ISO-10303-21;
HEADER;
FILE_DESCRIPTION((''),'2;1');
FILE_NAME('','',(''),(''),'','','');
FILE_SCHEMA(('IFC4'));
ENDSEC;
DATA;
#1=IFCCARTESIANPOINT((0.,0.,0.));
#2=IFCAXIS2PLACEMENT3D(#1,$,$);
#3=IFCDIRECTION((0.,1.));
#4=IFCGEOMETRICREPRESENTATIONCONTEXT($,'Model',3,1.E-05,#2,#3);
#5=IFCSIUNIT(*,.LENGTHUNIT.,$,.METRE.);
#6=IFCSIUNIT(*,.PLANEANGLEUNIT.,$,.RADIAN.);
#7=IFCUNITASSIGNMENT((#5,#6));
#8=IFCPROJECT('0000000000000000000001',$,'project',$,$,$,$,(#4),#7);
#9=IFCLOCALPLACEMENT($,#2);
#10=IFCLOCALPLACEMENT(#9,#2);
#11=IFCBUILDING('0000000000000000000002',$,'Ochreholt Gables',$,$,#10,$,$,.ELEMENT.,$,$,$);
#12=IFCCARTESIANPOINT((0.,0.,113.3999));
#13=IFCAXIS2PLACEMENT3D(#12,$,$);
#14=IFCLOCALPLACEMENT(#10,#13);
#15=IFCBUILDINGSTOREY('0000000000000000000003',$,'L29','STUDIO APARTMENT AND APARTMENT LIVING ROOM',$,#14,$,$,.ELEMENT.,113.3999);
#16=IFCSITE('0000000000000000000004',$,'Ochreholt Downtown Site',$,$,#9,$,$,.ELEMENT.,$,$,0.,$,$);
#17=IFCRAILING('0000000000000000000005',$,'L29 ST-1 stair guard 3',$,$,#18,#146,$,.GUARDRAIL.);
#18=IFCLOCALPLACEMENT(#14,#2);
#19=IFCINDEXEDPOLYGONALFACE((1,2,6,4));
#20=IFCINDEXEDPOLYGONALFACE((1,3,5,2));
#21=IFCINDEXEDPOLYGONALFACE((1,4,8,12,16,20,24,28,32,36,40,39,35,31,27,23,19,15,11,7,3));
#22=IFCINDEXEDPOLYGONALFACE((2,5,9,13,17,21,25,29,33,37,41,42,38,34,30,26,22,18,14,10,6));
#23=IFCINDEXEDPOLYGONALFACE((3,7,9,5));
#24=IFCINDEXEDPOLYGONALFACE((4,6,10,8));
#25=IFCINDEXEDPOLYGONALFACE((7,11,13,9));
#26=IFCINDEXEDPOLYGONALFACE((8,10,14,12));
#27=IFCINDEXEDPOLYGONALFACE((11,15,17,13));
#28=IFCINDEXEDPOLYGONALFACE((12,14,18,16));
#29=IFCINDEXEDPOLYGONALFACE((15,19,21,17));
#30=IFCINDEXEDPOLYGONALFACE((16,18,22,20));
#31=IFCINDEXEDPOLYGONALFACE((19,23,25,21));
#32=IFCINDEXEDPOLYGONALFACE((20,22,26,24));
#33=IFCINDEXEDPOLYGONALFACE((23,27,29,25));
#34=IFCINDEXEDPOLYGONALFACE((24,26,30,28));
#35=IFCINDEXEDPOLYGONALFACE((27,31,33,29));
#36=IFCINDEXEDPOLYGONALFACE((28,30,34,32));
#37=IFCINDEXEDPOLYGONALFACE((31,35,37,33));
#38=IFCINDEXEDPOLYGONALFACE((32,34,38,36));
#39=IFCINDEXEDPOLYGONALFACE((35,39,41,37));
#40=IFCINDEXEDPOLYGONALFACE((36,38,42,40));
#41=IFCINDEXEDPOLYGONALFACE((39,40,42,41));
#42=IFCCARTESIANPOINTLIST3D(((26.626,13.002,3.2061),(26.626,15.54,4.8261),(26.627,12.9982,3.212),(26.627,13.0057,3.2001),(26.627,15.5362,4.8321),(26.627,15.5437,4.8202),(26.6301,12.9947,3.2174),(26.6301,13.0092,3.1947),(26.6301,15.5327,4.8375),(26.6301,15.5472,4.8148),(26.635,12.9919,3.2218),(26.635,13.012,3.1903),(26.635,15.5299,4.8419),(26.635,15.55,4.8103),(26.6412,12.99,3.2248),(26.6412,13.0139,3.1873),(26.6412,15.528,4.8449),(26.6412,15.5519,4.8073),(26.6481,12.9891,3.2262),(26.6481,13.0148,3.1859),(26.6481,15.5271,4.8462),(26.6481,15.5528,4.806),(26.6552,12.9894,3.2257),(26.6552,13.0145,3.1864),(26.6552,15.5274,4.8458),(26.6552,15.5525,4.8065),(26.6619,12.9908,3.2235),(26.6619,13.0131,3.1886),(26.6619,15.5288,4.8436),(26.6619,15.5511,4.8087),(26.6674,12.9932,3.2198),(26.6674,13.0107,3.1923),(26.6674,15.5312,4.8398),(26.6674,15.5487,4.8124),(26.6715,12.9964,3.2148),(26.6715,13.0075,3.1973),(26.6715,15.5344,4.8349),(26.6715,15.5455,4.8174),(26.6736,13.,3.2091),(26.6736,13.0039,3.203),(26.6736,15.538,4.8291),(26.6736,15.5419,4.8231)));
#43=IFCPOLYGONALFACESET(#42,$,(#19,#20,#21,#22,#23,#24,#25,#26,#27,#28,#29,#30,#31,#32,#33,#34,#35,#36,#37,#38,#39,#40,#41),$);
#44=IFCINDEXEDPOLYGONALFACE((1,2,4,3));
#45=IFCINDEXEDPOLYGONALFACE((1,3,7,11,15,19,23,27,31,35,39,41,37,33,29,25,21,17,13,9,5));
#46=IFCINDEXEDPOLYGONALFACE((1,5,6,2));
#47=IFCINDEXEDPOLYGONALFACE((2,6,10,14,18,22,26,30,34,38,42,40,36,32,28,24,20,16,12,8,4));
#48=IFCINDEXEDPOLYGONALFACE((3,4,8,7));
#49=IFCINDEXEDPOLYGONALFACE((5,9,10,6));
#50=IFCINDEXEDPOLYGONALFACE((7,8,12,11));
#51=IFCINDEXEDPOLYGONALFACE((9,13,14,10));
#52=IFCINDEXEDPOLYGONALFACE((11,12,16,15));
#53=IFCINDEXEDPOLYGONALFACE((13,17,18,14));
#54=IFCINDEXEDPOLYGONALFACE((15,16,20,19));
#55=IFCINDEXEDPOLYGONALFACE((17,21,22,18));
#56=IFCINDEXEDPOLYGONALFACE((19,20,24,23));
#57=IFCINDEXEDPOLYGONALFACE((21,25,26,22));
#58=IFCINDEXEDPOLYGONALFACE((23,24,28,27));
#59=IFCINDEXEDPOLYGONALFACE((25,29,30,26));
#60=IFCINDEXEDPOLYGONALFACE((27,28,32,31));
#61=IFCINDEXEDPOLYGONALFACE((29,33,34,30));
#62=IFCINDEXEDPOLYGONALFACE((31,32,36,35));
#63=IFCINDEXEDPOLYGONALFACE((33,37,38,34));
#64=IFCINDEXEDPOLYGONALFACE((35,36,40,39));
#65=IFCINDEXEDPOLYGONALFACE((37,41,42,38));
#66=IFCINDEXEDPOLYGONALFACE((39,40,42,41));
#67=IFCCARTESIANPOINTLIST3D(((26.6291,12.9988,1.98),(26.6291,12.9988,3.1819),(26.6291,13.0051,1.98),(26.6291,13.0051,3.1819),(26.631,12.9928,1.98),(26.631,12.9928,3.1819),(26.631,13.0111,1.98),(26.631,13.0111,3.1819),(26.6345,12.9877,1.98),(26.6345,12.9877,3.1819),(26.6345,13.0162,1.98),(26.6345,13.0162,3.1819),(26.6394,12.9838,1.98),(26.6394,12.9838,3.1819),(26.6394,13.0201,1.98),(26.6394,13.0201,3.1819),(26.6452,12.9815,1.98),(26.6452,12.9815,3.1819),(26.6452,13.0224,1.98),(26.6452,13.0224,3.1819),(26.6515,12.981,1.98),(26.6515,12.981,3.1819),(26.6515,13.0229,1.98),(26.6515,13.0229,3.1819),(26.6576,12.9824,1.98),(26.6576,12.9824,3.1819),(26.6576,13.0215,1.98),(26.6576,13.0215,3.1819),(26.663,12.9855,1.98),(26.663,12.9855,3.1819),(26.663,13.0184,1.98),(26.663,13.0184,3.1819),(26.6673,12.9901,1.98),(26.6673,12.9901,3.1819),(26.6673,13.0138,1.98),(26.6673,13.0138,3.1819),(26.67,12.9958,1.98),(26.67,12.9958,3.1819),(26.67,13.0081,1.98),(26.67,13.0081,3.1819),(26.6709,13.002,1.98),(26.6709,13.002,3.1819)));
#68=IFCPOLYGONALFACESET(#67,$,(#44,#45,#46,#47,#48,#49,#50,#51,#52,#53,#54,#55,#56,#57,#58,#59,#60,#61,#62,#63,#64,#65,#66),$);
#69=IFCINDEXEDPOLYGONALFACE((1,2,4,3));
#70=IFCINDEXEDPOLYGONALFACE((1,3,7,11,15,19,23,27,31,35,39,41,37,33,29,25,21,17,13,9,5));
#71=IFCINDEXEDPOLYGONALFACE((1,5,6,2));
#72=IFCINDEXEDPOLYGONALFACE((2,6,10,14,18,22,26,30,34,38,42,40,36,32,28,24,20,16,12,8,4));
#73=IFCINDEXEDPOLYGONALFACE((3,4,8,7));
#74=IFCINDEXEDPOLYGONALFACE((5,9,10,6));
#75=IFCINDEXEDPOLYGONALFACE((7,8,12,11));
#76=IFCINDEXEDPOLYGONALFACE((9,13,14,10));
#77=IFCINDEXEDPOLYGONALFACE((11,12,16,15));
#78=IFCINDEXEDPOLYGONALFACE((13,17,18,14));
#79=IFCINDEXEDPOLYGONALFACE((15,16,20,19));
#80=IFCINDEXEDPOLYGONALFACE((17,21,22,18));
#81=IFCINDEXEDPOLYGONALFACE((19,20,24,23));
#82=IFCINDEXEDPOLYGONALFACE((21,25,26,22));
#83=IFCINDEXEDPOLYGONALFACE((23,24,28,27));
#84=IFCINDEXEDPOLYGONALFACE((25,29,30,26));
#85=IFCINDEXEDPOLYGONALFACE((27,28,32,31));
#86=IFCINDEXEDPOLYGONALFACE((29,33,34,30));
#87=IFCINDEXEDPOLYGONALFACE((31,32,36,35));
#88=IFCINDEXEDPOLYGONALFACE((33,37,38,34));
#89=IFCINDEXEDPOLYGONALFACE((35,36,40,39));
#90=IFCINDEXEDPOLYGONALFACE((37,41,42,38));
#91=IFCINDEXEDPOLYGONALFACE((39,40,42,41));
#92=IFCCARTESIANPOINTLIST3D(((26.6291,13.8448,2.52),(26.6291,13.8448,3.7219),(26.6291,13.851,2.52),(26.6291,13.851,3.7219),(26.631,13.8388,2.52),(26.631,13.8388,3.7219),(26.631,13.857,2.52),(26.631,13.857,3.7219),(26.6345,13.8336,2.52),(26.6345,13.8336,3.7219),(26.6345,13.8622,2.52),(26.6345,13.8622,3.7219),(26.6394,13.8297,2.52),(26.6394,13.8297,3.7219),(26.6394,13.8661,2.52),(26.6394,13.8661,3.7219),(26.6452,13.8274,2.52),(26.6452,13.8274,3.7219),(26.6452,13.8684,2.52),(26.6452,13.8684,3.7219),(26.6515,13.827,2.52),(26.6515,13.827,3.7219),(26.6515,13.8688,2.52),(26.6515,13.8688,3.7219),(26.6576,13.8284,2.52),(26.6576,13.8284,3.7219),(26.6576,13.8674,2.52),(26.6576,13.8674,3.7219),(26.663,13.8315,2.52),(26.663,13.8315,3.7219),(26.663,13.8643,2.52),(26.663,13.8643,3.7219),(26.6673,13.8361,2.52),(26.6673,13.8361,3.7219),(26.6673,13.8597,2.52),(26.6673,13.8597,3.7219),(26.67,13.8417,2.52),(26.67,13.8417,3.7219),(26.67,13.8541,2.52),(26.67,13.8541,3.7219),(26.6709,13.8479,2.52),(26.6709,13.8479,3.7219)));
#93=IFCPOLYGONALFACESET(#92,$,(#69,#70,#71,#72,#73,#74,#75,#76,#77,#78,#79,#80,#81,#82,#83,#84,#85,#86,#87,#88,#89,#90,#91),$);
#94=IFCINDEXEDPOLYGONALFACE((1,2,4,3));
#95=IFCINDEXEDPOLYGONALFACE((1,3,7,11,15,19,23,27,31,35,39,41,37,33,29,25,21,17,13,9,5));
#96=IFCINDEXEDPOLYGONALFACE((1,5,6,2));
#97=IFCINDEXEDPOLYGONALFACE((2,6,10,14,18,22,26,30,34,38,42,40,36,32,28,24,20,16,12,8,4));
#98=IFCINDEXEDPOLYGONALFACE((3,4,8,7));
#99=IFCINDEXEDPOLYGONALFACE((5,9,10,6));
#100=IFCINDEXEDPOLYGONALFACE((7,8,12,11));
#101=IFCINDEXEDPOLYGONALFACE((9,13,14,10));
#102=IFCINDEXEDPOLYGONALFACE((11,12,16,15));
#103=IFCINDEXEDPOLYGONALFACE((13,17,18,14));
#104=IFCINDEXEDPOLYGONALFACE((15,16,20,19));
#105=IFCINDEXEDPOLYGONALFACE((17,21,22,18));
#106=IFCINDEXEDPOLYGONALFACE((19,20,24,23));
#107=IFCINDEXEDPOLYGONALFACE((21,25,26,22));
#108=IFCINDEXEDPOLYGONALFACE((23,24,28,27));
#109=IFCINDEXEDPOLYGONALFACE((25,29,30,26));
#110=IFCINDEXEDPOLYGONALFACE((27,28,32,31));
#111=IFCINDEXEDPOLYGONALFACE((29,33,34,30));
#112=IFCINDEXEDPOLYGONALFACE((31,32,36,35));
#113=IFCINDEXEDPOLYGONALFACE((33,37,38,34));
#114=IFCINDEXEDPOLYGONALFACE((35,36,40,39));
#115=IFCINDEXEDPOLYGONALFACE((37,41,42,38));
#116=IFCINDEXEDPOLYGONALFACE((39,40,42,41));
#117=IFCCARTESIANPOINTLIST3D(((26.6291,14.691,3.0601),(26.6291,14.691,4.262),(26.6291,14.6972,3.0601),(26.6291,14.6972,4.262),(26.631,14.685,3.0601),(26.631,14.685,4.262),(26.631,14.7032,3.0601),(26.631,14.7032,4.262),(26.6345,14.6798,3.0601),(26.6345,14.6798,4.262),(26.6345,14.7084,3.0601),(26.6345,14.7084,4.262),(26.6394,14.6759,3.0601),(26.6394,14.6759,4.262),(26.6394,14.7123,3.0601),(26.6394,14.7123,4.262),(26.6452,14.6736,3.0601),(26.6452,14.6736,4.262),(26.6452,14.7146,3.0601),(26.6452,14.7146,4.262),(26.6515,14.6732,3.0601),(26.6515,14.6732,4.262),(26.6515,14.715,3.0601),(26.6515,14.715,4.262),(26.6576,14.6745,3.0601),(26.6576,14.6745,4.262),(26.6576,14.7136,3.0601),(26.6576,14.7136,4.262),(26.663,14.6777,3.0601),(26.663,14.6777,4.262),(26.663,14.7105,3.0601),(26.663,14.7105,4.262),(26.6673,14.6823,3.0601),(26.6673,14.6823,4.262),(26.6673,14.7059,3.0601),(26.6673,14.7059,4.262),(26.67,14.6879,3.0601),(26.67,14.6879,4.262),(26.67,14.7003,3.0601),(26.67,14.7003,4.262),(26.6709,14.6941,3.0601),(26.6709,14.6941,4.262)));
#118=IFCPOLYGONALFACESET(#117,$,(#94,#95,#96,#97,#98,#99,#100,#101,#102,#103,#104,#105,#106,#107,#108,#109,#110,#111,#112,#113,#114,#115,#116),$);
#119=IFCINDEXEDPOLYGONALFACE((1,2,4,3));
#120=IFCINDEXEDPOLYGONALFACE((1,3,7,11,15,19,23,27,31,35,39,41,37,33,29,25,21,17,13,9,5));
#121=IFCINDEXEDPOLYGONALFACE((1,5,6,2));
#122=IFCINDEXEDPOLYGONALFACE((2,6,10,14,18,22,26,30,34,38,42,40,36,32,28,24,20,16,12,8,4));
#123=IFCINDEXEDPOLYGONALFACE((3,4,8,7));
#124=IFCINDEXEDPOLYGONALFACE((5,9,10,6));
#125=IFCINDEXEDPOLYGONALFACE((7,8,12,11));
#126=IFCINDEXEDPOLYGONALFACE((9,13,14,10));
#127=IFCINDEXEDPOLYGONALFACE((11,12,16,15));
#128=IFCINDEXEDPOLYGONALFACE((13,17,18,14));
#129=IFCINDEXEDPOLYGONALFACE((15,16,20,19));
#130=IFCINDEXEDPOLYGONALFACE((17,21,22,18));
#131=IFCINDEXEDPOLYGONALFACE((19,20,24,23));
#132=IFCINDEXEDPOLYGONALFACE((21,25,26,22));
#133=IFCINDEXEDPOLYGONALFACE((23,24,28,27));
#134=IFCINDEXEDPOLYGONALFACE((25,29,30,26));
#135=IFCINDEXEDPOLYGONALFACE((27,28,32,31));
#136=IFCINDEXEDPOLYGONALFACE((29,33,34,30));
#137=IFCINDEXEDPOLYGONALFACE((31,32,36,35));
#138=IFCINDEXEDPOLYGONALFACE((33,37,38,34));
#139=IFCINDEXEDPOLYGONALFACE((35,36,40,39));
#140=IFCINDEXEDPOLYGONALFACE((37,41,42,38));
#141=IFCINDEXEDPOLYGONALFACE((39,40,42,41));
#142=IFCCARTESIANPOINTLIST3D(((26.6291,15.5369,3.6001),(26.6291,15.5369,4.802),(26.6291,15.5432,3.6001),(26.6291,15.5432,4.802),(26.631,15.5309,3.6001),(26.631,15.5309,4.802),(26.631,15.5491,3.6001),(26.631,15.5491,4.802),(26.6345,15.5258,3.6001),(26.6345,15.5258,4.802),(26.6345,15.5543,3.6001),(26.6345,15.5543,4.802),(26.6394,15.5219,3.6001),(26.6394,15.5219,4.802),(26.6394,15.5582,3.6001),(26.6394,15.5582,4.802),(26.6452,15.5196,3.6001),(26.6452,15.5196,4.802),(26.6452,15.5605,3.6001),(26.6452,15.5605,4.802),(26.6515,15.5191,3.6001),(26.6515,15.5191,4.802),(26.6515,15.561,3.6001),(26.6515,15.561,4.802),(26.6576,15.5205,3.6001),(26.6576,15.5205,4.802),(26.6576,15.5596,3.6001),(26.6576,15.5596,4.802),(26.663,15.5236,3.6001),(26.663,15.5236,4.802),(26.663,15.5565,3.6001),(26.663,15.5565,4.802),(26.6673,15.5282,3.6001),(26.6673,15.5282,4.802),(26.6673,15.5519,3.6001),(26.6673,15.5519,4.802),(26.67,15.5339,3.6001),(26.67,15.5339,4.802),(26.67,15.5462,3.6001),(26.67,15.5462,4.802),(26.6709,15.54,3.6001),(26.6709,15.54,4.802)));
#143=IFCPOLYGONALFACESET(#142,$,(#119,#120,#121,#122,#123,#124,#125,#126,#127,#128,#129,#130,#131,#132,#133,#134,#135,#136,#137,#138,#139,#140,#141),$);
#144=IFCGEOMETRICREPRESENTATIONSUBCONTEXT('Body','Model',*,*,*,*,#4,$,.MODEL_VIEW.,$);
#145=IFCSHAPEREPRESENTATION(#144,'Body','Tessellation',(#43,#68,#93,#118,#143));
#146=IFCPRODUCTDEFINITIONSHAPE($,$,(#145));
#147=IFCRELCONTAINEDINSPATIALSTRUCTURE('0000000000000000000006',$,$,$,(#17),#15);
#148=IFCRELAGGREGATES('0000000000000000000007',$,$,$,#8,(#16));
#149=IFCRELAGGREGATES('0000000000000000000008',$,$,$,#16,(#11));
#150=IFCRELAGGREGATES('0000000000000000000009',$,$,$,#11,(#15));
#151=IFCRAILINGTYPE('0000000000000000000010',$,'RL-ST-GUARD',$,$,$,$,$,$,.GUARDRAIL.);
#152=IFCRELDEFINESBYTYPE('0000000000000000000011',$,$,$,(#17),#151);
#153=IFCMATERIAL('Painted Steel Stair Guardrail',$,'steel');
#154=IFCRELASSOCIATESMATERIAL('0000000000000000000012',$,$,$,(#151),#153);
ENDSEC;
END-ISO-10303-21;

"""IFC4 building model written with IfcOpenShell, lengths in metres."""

from ifc_helpers import new_model, si_unit, direction, frame, origin, origin_2d, place, context, subcontext, project, spatial, circle, extrude, material, type_object, element, save


model = new_model("IFC4")

# Units and contexts
model_context = context("Model", 3, precision=1e-05, world=origin(), true_north=direction((0.0, 1.0)))
body_context = subcontext(model_context, "Body", "Model", "MODEL_VIEW")
ifc_project = project(units=[si_unit("LENGTHUNIT", "METRE"), si_unit("PLANEANGLEUNIT", "RADIAN")], contexts=[model_context])

# Site, building, storey
site_placement = place(None, origin())
site = spatial("IfcSite", under=ifc_project, at=site_placement, Name="Ochreholt Downtown Site", CompositionType="ELEMENT", RefElevation=0.0)
building_placement = place(site_placement, origin())
building = spatial("IfcBuilding", under=site, at=building_placement, Name="Ochreholt Gables", CompositionType="ELEMENT")
storey_placement = place(building_placement, frame((0.0, 0.0, 113.3999)))
storey = spatial("IfcBuildingStorey", under=building, at=storey_placement, Name="L29", Description="STUDIO APARTMENT AND APARTMENT LIVING ROOM", CompositionType="ELEMENT", Elevation=113.3999)

# Railing
ifc_material_1 = material(Name="Painted Steel Stair Guardrail", Category="steel")
railing_type_1 = type_object("IfcRailingType", Name="RL-ST-GUARD", PredefinedType="GUARDRAIL", material=ifc_material_1)
railing_1_placement = place(storey_placement, frame((26.6499, 13.002, 1.98)))
element("IfcRailing", 1, at=railing_1_placement, inside=storey, type_object=railing_type_1, Name="L29 ST-1 stair guard 3", PredefinedType="GUARDRAIL", context=body_context, shape_type="SweptSolid", body=[
    extrude(circle(Radius=0.0239, at=origin_2d()), frame((0.0, 0.0, 1.2261), z_axis=(0.0, 0.842913, 0.53805), x_axis=(-1.0, 0.0, 0.0)), (0.0, 0.0, 1.0), 3.011),
    extrude(circle(Radius=0.021, at=origin_2d()), origin(), (0.0, 0.0, 1.0), 1.2019),
    extrude(circle(Radius=0.021, at=origin_2d()), frame((0.0, 0.8459, 0.54)), (0.0, 0.0, 1.0), 1.2019),
    extrude(circle(Radius=0.021, at=origin_2d()), frame((0.0, 1.6921, 1.0801)), (0.0, 0.0, 1.0), 1.2019),
    extrude(circle(Radius=0.021, at=origin_2d()), frame((0.0, 2.5381, 1.6201)), (0.0, 0.0, 1.0), 1.2019),
])

save(model, "model.ifc")
